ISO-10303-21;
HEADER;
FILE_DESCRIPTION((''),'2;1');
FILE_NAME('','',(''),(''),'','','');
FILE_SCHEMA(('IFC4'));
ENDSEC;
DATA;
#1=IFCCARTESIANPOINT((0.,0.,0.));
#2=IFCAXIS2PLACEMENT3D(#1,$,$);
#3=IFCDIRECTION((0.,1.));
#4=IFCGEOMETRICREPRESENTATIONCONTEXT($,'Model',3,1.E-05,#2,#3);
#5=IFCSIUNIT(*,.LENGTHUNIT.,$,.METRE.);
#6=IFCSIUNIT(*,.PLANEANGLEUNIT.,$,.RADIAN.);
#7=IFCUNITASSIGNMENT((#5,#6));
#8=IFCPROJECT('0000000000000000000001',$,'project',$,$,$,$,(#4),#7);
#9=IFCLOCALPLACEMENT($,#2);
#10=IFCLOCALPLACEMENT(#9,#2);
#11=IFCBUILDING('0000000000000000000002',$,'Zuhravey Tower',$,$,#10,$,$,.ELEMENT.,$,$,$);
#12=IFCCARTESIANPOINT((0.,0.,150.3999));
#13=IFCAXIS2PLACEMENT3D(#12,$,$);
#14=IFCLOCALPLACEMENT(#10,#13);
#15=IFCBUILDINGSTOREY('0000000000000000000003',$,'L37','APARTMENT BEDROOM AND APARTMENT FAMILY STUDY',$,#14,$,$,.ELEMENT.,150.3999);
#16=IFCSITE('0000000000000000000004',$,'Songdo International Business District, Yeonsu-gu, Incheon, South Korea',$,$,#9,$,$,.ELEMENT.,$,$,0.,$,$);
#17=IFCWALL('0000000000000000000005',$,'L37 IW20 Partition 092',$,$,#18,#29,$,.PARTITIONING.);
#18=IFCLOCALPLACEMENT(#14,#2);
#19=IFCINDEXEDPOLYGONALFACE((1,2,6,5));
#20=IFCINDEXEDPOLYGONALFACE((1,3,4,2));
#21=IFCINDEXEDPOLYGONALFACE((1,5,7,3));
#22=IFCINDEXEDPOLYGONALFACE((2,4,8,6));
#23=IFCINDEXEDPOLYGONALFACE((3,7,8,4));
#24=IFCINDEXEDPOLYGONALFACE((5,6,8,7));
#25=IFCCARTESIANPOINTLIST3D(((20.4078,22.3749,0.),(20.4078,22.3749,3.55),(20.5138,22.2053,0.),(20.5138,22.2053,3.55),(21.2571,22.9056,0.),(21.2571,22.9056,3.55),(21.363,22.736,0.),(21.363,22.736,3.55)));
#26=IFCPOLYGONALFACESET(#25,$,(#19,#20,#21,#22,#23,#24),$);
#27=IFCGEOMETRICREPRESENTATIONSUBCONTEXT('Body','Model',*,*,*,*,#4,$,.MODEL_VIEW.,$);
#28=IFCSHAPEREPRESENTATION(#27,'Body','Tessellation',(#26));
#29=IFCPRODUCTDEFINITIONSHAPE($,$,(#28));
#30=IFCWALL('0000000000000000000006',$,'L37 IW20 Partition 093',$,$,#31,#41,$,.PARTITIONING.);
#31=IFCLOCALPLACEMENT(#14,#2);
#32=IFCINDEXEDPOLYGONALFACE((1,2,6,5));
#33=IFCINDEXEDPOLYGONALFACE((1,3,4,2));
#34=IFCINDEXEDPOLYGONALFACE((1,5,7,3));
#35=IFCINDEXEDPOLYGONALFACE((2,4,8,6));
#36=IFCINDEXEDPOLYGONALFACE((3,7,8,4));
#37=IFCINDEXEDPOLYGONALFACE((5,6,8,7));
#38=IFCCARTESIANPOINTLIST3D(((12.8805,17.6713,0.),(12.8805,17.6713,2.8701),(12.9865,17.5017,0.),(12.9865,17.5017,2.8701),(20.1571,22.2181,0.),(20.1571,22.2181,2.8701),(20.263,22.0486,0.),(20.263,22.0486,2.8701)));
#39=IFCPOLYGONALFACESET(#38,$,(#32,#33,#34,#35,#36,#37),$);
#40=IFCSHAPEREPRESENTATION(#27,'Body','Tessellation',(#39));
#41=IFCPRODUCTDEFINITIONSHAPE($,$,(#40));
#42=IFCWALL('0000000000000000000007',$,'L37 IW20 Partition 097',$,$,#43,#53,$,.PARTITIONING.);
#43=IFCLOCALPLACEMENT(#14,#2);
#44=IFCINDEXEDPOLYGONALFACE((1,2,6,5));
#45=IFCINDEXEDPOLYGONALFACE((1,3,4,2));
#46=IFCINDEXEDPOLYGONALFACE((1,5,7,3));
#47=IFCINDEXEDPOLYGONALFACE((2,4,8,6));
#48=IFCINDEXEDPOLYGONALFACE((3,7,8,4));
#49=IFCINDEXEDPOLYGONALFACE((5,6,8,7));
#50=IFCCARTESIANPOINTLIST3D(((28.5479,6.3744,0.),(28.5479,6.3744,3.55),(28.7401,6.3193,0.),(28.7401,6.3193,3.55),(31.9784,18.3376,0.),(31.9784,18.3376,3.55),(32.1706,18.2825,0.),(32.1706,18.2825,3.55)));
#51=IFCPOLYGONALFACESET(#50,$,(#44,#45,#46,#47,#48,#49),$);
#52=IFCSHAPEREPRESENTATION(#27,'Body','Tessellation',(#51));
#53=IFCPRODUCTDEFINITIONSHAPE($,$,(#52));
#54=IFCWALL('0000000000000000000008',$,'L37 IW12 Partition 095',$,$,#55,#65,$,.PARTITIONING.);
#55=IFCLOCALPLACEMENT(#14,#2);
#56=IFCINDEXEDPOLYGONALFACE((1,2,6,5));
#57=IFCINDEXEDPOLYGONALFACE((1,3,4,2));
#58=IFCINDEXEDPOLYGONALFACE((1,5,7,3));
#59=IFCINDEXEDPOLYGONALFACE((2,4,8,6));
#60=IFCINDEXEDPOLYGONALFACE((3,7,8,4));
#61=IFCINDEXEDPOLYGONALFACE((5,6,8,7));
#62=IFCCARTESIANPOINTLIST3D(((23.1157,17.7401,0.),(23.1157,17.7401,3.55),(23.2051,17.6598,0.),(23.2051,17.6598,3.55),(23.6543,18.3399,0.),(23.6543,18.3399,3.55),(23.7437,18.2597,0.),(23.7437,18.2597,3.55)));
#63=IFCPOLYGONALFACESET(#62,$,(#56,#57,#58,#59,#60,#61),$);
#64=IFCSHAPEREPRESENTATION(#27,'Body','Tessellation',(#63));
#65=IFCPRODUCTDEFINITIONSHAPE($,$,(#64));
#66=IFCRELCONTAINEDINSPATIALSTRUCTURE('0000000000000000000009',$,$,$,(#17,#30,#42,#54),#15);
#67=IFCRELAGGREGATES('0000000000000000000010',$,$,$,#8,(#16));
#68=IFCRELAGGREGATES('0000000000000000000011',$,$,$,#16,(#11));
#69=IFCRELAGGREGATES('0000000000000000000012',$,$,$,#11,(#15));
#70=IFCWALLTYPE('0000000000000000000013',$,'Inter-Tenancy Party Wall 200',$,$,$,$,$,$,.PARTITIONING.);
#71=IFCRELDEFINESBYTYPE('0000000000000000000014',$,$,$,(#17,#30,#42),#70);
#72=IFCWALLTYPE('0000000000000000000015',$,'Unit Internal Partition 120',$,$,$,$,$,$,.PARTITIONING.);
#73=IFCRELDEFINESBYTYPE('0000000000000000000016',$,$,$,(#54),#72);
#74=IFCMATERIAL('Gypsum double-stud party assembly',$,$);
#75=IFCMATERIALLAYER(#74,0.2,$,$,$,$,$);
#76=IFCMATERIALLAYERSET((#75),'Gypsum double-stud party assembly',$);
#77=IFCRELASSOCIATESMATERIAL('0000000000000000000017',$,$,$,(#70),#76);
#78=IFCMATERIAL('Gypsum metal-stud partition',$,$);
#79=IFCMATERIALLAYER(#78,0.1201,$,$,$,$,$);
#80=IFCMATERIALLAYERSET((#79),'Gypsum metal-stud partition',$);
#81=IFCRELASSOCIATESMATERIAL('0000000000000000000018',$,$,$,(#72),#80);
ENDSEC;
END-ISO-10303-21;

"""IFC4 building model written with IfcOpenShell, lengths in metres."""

from ifc_helpers import new_model, si_unit, direction, frame, frame_2d, origin, place, context, subcontext, project, spatial, rectangle, extrude, material, layer, layer_set, type_object, element, save


model = new_model("IFC4")

# Units and contexts
model_context = context("Model", 3, precision=1e-05, world=origin(), true_north=direction((0.0, 1.0)))
body_context = subcontext(model_context, "Body", "Model", "MODEL_VIEW")
ifc_project = project(units=[si_unit("LENGTHUNIT", "METRE"), si_unit("PLANEANGLEUNIT", "RADIAN")], contexts=[model_context])

# Site, building, storey
site_placement = place(None, origin())
site = spatial("IfcSite", under=ifc_project, at=site_placement, Name="Songdo International Business District, Yeonsu-gu, Incheon, South Korea", CompositionType="ELEMENT", RefElevation=0.0)
building_placement = place(site_placement, origin())
building = spatial("IfcBuilding", under=site, at=building_placement, Name="Zuhravey Tower", CompositionType="ELEMENT")
storey_placement = place(building_placement, frame((0.0, 0.0, 150.3999)))
storey = spatial("IfcBuildingStorey", under=building, at=storey_placement, Name="L37", Description="APARTMENT BEDROOM AND APARTMENT FAMILY STUDY", CompositionType="ELEMENT", Elevation=150.3999)

# Walls
ifc_material_1 = material(Name="Gypsum double-stud party assembly")
ifc_layer_1 = layer(ifc_material_1, 0.2)
ifc_layer_set_1 = layer_set([ifc_layer_1], Name="Gypsum double-stud party assembly")
wall_type_1 = type_object("IfcWallType", Name="Inter-Tenancy Party Wall 200", PredefinedType="PARTITIONING", material=ifc_layer_set_1)
wall_1_placement = place(storey_placement, frame((21.3101, 22.8208, 0.0), z_axis=(0.0, 0.0, 1.0), x_axis=(-0.848039, -0.529933, 0.0)))
element("IfcWall", 1, at=wall_1_placement, inside=storey, type_object=wall_type_1, Name="L37 IW20 Partition 092", PredefinedType="PARTITIONING", context=body_context, shape_type="SweptSolid", body=[
    extrude(rectangle(XDim=1.0015, YDim=0.2, at=frame_2d((0.5007, 0.0))), origin(), (0.0, 0.0, 1.0), 3.55),
])
wall_2_placement = place(storey_placement, frame((20.21, 22.1333, 0.0), z_axis=(0.0, 0.0, 1.0), x_axis=(-0.848051, -0.529915, 0.0)))
element("IfcWall", 2, at=wall_2_placement, inside=storey, type_object=wall_type_1, Name="L37 IW20 Partition 093", PredefinedType="PARTITIONING", context=body_context, shape_type="SweptSolid", body=[
    extrude(rectangle(XDim=8.5803, YDim=0.2, at=frame_2d((4.29, 0.0))), origin(), (0.0, 0.0, 1.0), 2.8701),
])
wall_3_placement = place(storey_placement, frame((32.0745, 18.3101, 0.0), z_axis=(0.0, 0.0, 1.0), x_axis=(-0.275641, -0.961261, 0.0)))
element("IfcWall", 3, at=wall_3_placement, inside=storey, type_object=wall_type_1, Name="L37 IW20 Partition 097", PredefinedType="PARTITIONING", context=body_context, shape_type="SweptSolid", body=[
    extrude(rectangle(XDim=12.4453, YDim=0.2, at=frame_2d((6.2227, 0.0))), origin(), (0.0, 0.0, 1.0), 3.55),
])
ifc_material_2 = material(Name="Gypsum metal-stud partition")
ifc_layer_2 = layer(ifc_material_2, 0.1201)
ifc_layer_set_2 = layer_set([ifc_layer_2], Name="Gypsum metal-stud partition")
wall_type_2 = type_object("IfcWallType", Name="Unit Internal Partition 120", PredefinedType="PARTITIONING", material=ifc_layer_set_2)
wall_4_placement = place(storey_placement, frame((23.699, 18.2998, 0.0), z_axis=(0.0, 0.0, 1.0), x_axis=(-0.668077, -0.744092, 0.0)))
element("IfcWall", 4, at=wall_4_placement, inside=storey, type_object=wall_type_2, Name="L37 IW12 Partition 095", PredefinedType="PARTITIONING", context=body_context, shape_type="SweptSolid", body=[
    extrude(rectangle(XDim=0.8062, YDim=0.1201, at=frame_2d((0.4031, 0.0))), origin(), (0.0, 0.0, 1.0), 3.55),
])

save(model, "model.ifc")
